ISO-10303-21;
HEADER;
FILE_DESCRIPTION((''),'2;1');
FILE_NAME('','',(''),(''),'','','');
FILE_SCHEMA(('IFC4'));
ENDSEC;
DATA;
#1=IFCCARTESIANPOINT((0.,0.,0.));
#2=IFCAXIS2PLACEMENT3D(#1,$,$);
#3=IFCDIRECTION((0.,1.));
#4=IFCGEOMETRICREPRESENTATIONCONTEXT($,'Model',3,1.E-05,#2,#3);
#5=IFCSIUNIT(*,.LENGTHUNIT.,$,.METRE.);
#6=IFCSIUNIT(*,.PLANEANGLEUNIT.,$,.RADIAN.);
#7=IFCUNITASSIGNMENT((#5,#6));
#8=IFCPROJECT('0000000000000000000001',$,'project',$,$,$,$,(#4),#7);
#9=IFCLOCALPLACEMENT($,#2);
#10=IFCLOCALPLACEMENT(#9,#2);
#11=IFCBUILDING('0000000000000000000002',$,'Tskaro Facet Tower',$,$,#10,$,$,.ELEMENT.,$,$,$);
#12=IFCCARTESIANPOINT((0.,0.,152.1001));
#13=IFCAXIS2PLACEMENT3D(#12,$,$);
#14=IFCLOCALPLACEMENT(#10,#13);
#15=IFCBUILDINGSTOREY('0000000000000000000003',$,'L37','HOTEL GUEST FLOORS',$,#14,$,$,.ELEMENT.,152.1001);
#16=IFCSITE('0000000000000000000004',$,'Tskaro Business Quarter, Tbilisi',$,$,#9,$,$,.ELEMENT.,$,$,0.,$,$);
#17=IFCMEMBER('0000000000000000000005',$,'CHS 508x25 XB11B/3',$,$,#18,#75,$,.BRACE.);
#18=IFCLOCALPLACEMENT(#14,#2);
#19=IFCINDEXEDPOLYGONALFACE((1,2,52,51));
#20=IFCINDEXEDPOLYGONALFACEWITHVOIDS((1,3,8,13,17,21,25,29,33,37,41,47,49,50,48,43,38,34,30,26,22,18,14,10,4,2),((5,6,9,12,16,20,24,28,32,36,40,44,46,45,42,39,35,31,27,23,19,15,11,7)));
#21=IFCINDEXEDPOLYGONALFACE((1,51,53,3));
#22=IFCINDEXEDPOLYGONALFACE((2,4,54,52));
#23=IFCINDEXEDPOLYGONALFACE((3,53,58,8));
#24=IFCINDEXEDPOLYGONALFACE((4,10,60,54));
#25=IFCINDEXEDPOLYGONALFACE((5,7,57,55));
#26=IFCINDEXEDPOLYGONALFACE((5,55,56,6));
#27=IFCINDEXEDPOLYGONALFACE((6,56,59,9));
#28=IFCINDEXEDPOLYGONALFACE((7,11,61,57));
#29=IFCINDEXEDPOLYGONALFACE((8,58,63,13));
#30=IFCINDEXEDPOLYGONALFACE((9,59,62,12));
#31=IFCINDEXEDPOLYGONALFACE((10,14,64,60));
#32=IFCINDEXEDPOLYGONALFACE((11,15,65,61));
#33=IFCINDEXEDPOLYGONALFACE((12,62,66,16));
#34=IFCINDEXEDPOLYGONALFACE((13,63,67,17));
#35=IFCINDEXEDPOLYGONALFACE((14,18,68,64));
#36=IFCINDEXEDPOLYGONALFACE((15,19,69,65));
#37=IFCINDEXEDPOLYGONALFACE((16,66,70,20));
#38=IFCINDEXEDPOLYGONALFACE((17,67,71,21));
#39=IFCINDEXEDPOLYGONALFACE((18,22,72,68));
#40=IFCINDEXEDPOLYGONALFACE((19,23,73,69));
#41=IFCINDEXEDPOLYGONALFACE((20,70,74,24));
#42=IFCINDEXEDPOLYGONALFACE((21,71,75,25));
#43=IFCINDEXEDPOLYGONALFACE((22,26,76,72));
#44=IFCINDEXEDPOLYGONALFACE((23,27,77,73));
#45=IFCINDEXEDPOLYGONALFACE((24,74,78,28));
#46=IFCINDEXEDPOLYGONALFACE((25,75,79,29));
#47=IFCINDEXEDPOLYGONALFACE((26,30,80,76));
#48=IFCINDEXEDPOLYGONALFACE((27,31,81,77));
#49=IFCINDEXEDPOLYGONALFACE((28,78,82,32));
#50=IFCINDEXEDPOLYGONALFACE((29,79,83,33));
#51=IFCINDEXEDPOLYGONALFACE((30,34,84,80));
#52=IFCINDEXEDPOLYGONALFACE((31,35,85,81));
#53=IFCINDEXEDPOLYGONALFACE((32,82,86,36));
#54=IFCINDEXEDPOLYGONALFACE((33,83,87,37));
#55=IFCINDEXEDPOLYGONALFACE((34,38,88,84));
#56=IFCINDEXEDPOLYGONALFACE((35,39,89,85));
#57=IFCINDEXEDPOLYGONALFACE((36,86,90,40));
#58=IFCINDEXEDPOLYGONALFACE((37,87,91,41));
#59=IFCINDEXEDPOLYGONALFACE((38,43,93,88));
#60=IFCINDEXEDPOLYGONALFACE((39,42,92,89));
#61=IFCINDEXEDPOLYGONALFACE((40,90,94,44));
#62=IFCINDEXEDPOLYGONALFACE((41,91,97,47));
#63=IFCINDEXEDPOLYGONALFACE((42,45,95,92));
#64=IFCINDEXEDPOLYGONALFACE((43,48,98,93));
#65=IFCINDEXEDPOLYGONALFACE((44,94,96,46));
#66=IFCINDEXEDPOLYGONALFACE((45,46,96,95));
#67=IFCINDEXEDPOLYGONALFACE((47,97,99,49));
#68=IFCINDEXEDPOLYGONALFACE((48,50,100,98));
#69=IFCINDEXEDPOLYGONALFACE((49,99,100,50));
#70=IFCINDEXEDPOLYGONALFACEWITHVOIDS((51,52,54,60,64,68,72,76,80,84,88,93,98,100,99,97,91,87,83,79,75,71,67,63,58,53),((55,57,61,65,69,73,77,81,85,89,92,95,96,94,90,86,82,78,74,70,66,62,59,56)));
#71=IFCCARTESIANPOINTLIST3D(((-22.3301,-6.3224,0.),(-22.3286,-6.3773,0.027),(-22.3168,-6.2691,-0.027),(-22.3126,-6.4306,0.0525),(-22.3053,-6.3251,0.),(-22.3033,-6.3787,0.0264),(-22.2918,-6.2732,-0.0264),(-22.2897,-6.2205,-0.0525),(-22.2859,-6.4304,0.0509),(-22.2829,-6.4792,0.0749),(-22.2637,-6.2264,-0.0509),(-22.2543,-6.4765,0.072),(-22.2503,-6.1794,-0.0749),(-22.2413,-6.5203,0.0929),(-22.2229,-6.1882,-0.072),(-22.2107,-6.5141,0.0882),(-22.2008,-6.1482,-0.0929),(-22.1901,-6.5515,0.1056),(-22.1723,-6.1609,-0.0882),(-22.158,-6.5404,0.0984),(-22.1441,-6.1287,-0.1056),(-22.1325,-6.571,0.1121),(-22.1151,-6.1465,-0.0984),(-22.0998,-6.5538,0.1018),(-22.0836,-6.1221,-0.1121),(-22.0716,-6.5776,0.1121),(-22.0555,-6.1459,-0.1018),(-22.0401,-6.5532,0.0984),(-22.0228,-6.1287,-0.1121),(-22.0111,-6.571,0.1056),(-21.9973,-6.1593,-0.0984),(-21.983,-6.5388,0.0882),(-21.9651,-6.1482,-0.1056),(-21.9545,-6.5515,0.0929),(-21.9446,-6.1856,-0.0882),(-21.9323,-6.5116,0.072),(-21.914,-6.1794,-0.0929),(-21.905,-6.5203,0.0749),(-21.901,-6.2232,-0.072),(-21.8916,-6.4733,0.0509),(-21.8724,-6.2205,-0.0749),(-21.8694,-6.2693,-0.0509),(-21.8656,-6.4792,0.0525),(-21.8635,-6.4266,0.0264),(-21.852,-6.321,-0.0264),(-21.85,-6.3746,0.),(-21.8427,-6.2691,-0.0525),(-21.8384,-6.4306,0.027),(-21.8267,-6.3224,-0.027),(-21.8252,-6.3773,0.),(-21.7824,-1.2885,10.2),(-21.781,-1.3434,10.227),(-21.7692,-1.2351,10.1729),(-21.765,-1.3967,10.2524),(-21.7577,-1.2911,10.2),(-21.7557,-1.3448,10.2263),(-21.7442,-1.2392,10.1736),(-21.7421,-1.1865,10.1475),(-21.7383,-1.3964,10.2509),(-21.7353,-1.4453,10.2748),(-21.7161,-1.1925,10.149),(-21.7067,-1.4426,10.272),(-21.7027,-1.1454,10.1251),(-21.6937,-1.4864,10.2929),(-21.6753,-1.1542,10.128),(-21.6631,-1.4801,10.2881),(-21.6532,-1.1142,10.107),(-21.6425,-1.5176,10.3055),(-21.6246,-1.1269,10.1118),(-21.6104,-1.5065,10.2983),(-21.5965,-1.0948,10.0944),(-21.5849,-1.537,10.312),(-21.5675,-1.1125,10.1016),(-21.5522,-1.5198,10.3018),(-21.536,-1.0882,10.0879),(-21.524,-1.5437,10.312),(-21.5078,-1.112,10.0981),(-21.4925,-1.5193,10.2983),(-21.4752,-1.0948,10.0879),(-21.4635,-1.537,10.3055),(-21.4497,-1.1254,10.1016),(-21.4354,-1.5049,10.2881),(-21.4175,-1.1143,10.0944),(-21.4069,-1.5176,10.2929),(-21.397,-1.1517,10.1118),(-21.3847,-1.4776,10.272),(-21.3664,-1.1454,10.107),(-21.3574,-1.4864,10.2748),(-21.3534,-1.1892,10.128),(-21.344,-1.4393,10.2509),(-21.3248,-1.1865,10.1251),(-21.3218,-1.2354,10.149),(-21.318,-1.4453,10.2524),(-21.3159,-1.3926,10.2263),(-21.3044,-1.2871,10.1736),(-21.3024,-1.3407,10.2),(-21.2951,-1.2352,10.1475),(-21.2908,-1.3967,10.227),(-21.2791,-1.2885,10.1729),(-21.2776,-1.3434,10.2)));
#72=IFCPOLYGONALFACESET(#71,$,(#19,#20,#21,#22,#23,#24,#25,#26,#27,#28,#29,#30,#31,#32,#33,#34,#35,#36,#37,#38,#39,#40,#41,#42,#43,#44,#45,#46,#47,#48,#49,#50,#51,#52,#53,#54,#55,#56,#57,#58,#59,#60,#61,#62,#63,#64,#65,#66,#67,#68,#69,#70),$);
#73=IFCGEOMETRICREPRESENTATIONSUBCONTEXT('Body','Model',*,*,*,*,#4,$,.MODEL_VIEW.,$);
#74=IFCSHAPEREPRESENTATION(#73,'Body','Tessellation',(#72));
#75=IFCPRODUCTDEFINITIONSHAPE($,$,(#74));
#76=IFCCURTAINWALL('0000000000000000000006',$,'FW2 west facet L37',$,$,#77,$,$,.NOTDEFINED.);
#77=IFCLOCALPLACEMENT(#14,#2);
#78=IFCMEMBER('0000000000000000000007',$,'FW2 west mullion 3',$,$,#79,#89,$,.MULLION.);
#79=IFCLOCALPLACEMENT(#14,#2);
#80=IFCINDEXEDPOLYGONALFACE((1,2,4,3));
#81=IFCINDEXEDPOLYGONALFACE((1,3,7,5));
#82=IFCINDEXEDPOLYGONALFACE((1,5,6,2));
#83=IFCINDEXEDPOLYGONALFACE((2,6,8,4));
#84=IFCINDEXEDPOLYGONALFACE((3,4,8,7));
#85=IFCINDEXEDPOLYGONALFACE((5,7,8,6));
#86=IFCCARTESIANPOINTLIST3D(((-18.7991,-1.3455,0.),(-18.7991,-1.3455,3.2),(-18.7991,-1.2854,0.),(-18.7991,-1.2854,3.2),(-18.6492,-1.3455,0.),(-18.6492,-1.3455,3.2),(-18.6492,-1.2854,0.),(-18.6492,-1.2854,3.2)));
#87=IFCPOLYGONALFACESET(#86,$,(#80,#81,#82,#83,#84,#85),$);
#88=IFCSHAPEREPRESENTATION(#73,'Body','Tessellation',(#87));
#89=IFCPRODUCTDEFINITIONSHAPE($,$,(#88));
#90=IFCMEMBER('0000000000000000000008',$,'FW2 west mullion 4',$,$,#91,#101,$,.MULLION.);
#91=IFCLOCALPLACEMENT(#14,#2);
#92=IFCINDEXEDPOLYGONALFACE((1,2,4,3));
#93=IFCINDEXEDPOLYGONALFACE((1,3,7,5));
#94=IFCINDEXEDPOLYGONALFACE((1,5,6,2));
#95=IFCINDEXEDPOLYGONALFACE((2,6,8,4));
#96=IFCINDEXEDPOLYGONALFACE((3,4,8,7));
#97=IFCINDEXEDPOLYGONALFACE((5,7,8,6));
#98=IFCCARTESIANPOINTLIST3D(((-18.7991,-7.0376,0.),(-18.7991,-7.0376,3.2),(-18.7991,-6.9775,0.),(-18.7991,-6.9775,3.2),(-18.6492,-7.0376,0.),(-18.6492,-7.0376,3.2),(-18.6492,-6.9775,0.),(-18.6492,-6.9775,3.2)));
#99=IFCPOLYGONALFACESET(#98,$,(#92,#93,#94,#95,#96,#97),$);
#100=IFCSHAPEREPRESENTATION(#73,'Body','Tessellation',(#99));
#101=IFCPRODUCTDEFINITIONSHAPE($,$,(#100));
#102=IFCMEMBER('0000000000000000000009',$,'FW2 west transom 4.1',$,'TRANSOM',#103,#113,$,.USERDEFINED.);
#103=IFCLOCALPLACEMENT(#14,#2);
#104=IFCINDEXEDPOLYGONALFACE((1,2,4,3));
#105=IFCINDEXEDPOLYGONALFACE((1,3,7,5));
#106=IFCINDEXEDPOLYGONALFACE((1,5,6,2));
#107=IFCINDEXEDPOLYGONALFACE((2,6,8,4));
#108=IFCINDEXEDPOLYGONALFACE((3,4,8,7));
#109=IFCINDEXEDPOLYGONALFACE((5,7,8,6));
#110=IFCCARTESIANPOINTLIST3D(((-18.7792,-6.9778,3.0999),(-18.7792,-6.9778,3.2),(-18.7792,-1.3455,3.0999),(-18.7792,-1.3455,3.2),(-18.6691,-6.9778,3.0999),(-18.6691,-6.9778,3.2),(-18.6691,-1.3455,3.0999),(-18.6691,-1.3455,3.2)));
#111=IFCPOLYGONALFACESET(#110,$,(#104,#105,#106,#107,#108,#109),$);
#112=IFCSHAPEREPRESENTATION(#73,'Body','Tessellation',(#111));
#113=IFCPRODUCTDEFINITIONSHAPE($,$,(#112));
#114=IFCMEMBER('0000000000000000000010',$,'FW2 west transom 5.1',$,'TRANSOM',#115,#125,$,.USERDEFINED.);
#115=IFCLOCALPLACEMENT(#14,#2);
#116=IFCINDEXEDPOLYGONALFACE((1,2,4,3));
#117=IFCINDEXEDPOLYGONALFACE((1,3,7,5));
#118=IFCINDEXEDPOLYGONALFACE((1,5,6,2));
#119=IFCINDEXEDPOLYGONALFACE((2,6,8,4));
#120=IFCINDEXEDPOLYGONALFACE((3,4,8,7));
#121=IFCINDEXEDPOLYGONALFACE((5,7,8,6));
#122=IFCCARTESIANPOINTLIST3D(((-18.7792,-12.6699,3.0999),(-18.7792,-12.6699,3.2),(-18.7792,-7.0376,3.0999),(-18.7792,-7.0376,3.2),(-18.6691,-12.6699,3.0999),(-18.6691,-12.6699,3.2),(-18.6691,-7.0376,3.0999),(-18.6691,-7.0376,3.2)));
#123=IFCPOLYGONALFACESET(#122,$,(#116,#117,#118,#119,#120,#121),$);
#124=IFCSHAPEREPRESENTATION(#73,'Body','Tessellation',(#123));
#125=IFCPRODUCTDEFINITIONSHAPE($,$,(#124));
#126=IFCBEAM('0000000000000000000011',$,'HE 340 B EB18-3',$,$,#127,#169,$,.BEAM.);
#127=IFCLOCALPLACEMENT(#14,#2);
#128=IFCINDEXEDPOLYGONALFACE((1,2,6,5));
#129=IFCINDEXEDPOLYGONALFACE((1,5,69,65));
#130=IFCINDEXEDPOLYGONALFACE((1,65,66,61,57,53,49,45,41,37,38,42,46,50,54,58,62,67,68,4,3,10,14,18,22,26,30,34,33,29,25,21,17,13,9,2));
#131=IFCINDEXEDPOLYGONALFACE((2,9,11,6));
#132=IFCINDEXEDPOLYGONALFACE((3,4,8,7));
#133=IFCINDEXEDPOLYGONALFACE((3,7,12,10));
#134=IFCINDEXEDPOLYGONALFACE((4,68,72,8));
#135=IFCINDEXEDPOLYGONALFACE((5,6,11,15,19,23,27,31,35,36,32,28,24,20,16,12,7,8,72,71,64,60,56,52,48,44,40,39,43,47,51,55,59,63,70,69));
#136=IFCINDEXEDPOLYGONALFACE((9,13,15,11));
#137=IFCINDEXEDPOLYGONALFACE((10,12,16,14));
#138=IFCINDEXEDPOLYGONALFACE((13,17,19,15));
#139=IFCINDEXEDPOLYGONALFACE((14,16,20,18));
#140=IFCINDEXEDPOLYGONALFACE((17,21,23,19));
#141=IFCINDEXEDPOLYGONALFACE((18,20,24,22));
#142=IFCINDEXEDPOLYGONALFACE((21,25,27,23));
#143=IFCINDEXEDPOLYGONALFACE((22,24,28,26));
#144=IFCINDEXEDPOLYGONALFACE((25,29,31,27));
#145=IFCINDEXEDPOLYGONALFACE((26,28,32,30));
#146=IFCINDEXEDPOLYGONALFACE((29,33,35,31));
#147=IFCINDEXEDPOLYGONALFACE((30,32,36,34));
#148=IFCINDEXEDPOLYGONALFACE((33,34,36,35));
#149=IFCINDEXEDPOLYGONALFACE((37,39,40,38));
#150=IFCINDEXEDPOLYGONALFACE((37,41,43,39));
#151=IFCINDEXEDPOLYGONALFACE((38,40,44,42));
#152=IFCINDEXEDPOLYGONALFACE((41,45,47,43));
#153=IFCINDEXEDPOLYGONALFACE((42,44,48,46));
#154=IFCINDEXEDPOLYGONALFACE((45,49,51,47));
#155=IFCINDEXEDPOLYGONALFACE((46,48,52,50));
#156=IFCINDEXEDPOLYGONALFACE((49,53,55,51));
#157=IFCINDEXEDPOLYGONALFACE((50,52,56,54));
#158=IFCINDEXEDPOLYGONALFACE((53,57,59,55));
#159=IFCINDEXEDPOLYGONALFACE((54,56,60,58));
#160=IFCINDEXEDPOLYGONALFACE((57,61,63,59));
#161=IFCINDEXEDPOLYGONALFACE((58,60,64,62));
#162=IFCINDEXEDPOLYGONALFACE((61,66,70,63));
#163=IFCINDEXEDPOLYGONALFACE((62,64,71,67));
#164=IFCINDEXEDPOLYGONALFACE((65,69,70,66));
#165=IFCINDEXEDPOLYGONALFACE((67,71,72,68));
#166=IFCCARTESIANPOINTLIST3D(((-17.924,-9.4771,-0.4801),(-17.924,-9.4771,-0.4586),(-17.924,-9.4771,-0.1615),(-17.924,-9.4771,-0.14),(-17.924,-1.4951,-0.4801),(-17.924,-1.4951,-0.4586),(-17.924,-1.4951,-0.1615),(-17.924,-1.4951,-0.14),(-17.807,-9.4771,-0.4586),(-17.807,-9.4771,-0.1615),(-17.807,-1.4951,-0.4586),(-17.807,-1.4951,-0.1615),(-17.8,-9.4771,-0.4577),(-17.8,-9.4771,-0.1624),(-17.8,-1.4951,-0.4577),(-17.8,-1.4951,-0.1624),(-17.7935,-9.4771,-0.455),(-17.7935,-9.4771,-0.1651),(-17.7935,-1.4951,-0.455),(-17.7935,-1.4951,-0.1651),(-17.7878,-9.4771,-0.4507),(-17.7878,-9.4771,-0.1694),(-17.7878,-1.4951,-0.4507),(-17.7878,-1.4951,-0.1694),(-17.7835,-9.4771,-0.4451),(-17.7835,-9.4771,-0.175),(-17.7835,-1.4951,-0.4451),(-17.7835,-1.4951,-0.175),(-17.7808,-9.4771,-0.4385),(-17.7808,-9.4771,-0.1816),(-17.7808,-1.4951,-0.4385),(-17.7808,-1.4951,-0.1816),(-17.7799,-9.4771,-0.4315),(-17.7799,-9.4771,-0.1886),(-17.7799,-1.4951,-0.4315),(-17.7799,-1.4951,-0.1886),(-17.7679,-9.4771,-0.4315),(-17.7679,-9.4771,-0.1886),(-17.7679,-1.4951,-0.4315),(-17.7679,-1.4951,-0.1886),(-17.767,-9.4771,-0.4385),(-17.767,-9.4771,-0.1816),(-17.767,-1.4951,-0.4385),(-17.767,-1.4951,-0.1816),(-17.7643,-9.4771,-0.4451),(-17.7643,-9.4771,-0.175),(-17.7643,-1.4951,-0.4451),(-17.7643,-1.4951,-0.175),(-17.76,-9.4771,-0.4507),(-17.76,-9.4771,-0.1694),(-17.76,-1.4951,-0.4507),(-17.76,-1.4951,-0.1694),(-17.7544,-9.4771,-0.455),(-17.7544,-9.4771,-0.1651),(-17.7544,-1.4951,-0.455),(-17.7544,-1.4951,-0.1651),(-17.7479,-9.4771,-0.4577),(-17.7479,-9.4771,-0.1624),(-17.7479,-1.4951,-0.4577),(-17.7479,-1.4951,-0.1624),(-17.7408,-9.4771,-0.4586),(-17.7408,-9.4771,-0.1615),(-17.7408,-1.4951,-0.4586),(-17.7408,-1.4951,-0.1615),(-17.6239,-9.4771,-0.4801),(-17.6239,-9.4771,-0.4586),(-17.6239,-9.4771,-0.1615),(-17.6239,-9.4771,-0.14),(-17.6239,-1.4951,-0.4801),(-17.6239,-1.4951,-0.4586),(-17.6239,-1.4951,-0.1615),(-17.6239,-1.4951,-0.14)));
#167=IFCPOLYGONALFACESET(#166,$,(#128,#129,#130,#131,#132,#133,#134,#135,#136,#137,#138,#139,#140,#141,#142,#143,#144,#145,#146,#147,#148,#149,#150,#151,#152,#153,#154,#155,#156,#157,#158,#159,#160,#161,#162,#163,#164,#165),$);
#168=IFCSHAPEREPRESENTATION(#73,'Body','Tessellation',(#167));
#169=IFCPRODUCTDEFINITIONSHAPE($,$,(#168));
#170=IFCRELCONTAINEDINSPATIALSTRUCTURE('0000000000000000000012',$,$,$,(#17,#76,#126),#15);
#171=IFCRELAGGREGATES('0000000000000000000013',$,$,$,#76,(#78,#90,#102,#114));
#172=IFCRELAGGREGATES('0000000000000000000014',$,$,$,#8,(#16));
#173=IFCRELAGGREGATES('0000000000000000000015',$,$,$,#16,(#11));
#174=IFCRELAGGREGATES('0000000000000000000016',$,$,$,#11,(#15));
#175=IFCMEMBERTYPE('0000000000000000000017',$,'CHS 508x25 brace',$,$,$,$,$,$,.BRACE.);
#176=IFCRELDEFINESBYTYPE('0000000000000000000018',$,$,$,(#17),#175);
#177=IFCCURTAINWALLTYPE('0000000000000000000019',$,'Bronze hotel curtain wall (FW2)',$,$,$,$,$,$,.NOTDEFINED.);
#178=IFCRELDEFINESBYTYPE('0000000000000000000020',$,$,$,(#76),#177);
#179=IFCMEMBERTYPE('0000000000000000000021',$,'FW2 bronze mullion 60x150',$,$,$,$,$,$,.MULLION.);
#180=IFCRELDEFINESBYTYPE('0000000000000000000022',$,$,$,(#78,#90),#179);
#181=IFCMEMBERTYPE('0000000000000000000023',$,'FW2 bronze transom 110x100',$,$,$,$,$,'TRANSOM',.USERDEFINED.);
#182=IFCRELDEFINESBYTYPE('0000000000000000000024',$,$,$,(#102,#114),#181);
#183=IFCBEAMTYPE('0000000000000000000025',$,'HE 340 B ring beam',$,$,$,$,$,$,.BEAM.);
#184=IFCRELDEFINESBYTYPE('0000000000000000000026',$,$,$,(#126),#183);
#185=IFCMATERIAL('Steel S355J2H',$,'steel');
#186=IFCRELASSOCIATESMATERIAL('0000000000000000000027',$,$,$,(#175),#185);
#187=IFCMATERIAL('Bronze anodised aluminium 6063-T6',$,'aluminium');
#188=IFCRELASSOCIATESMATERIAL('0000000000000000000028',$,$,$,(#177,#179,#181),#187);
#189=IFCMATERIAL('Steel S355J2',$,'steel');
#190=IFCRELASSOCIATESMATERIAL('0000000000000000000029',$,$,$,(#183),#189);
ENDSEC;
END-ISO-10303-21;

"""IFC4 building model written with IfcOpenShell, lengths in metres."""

from ifc_helpers import new_model, si_unit, direction, frame, origin, origin_2d, place, context, subcontext, project, spatial, rectangle, hollow_circle, i_section, extrude, material, material_profile, profile_set, type_object, element, aggregate, save


model = new_model("IFC4")

# Units and contexts
model_context = context("Model", 3, precision=1e-05, world=origin(), true_north=direction((0.0, 1.0)))
body_context = subcontext(model_context, "Body", "Model", "MODEL_VIEW")
ifc_project = project(units=[si_unit("LENGTHUNIT", "METRE"), si_unit("PLANEANGLEUNIT", "RADIAN")], contexts=[model_context])

# Site, building, storey
site_placement = place(None, origin())
site = spatial("IfcSite", under=ifc_project, at=site_placement, Name="Tskaro Business Quarter, Tbilisi", CompositionType="ELEMENT", RefElevation=0.0)
building_placement = place(site_placement, origin())
building = spatial("IfcBuilding", under=site, at=building_placement, Name="Tskaro Facet Tower", CompositionType="ELEMENT")
storey_placement = place(building_placement, frame((0.0, 0.0, 152.1001)))
storey = spatial("IfcBuildingStorey", under=building, at=storey_placement, Name="L37", Description="HOTEL GUEST FLOORS", CompositionType="ELEMENT", Elevation=152.1001)

# Shared definitions
ifc_material_1 = material(Name="Steel S355J2H", Category="steel")

# Member
ifc_material_profile_1 = material_profile(ifc_material_1, hollow_circle(Radius=0.2539, WallThickness=0.0249, at=origin_2d()), Name="CHS 508x25")
ifc_profile_set_1 = profile_set([ifc_material_profile_1], Name="Steel S355J2H")
member_type_1 = type_object("IfcMemberType", Name="CHS 508x25 brace", PredefinedType="BRACE", material=ifc_profile_set_1)
member_1_placement = place(storey_placement, frame((-22.0776, -6.3499, 0.0), z_axis=(0.048088, 0.442051, 0.8957), x_axis=(-0.994135, 0.108145, 0.0)))
element("IfcMember", 1, at=member_1_placement, inside=storey, type_object=member_type_1, Name="CHS 508x25 XB11B/3", PredefinedType="BRACE", context=body_context, shape_type="SweptSolid", body=[
    extrude(hollow_circle(Radius=0.2539, WallThickness=0.0249, at=origin_2d()), origin(), (0.0, 0.0, 1.0), 11.3877),
])

# Curtain wall, members
ifc_material_2 = material(Name="Bronze anodised aluminium 6063-T6", Category="aluminium")
curtain_wall_type = type_object("IfcCurtainWallType", Name="Bronze hotel curtain wall (FW2)", PredefinedType="NOTDEFINED", material=ifc_material_2)
curtain_wall_placement = place(storey_placement, origin())
curtain_wall = element("IfcCurtainWall", 2, at=curtain_wall_placement, inside=storey, type_object=curtain_wall_type, Name="FW2 west facet L37", PredefinedType="NOTDEFINED")
ifc_material_profile_2 = material_profile(ifc_material_2, rectangle(XDim=0.0601, YDim=0.1499, at=origin_2d()), Name="Mullion 60x150")
ifc_profile_set_2 = profile_set([ifc_material_profile_2], Name="Bronze anodised aluminium 6063-T6")
member_type_2 = type_object("IfcMemberType", Name="FW2 bronze mullion 60x150", PredefinedType="MULLION", material=ifc_profile_set_2)
member_2_placement = place(storey_placement, frame((-18.7241, -1.3154, 0.0), z_axis=(0.0, 0.0, 1.0), x_axis=(0.0, -1.0, 0.0)))
member_2 = element("IfcMember", 3, at=member_2_placement, type_object=member_type_2, Name="FW2 west mullion 3", PredefinedType="MULLION", context=body_context, shape_type="SweptSolid", body=[
    extrude(rectangle(XDim=0.0601, YDim=0.1499, at=origin_2d()), origin(), (0.0, 0.0, 1.0), 3.2),
])
member_3_placement = place(storey_placement, frame((-18.7241, -7.0076, 0.0), z_axis=(0.0, 0.0, 1.0), x_axis=(0.0, -1.0, 0.0)))
member_3 = element("IfcMember", 4, at=member_3_placement, type_object=member_type_2, Name="FW2 west mullion 4", PredefinedType="MULLION", context=body_context, shape_type="SweptSolid", body=[
    extrude(rectangle(XDim=0.0601, YDim=0.1499, at=origin_2d()), origin(), (0.0, 0.0, 1.0), 3.2),
])
ifc_material_profile_3 = material_profile(ifc_material_2, rectangle(XDim=0.1101, YDim=0.1001, at=origin_2d()), Name="Transom 110x100")
ifc_profile_set_3 = profile_set([ifc_material_profile_3], Name="Bronze anodised aluminium 6063-T6")
member_type_3 = type_object("IfcMemberType", Name="FW2 bronze transom 110x100", ElementType="TRANSOM", PredefinedType="USERDEFINED", material=ifc_profile_set_3)
member_4_placement = place(storey_placement, frame((-18.7241, -1.3455, 3.1499), z_axis=(0.0, -1.0, 0.0), x_axis=(1.0, 0.0, 0.0)))
member_4 = element("IfcMember", 5, at=member_4_placement, type_object=member_type_3, Name="FW2 west transom 4.1", ObjectType="TRANSOM", PredefinedType="USERDEFINED", context=body_context, shape_type="SweptSolid", body=[
    extrude(rectangle(XDim=0.1101, YDim=0.1001, at=origin_2d()), origin(), (0.0, 0.0, 1.0), 5.6323),
])
member_5_placement = place(storey_placement, frame((-18.7241, -7.0376, 3.1499), z_axis=(0.0, -1.0, 0.0), x_axis=(1.0, 0.0, 0.0)))
member_5 = element("IfcMember", 6, at=member_5_placement, type_object=member_type_3, Name="FW2 west transom 5.1", ObjectType="TRANSOM", PredefinedType="USERDEFINED", context=body_context, shape_type="SweptSolid", body=[
    extrude(rectangle(XDim=0.1101, YDim=0.1001, at=origin_2d()), origin(), (0.0, 0.0, 1.0), 5.6323),
])

# Beam
ifc_material_3 = material(Name="Steel S355J2", Category="steel")
ifc_material_profile_4 = material_profile(ifc_material_3, i_section(OverallWidth=0.3, OverallDepth=0.3401, WebThickness=0.012, FlangeThickness=0.0215, FilletRadius=0.0271, at=origin_2d()), Name="HE 340 B")
ifc_profile_set_4 = profile_set([ifc_material_profile_4], Name="Steel S355J2")
beam_type_1 = type_object("IfcBeamType", Name="HE 340 B ring beam", PredefinedType="BEAM", material=ifc_profile_set_4)
beam_1_placement = place(storey_placement, frame((-17.7739, -1.4951, -0.3101), z_axis=(0.0, -1.0, 0.0), x_axis=(1.0, 0.0, 0.0)))
element("IfcBeam", 7, at=beam_1_placement, inside=storey, type_object=beam_type_1, Name="HE 340 B EB18-3", PredefinedType="BEAM", context=body_context, shape_type="SweptSolid", body=[
    extrude(i_section(OverallWidth=0.3, OverallDepth=0.3401, WebThickness=0.012, FlangeThickness=0.0215, FilletRadius=0.0271, at=origin_2d()), origin(), (0.0, 0.0, 1.0), 7.9819),
])

aggregate(curtain_wall, [member_2, member_3, member_4, member_5])

save(model, "model.ifc")
